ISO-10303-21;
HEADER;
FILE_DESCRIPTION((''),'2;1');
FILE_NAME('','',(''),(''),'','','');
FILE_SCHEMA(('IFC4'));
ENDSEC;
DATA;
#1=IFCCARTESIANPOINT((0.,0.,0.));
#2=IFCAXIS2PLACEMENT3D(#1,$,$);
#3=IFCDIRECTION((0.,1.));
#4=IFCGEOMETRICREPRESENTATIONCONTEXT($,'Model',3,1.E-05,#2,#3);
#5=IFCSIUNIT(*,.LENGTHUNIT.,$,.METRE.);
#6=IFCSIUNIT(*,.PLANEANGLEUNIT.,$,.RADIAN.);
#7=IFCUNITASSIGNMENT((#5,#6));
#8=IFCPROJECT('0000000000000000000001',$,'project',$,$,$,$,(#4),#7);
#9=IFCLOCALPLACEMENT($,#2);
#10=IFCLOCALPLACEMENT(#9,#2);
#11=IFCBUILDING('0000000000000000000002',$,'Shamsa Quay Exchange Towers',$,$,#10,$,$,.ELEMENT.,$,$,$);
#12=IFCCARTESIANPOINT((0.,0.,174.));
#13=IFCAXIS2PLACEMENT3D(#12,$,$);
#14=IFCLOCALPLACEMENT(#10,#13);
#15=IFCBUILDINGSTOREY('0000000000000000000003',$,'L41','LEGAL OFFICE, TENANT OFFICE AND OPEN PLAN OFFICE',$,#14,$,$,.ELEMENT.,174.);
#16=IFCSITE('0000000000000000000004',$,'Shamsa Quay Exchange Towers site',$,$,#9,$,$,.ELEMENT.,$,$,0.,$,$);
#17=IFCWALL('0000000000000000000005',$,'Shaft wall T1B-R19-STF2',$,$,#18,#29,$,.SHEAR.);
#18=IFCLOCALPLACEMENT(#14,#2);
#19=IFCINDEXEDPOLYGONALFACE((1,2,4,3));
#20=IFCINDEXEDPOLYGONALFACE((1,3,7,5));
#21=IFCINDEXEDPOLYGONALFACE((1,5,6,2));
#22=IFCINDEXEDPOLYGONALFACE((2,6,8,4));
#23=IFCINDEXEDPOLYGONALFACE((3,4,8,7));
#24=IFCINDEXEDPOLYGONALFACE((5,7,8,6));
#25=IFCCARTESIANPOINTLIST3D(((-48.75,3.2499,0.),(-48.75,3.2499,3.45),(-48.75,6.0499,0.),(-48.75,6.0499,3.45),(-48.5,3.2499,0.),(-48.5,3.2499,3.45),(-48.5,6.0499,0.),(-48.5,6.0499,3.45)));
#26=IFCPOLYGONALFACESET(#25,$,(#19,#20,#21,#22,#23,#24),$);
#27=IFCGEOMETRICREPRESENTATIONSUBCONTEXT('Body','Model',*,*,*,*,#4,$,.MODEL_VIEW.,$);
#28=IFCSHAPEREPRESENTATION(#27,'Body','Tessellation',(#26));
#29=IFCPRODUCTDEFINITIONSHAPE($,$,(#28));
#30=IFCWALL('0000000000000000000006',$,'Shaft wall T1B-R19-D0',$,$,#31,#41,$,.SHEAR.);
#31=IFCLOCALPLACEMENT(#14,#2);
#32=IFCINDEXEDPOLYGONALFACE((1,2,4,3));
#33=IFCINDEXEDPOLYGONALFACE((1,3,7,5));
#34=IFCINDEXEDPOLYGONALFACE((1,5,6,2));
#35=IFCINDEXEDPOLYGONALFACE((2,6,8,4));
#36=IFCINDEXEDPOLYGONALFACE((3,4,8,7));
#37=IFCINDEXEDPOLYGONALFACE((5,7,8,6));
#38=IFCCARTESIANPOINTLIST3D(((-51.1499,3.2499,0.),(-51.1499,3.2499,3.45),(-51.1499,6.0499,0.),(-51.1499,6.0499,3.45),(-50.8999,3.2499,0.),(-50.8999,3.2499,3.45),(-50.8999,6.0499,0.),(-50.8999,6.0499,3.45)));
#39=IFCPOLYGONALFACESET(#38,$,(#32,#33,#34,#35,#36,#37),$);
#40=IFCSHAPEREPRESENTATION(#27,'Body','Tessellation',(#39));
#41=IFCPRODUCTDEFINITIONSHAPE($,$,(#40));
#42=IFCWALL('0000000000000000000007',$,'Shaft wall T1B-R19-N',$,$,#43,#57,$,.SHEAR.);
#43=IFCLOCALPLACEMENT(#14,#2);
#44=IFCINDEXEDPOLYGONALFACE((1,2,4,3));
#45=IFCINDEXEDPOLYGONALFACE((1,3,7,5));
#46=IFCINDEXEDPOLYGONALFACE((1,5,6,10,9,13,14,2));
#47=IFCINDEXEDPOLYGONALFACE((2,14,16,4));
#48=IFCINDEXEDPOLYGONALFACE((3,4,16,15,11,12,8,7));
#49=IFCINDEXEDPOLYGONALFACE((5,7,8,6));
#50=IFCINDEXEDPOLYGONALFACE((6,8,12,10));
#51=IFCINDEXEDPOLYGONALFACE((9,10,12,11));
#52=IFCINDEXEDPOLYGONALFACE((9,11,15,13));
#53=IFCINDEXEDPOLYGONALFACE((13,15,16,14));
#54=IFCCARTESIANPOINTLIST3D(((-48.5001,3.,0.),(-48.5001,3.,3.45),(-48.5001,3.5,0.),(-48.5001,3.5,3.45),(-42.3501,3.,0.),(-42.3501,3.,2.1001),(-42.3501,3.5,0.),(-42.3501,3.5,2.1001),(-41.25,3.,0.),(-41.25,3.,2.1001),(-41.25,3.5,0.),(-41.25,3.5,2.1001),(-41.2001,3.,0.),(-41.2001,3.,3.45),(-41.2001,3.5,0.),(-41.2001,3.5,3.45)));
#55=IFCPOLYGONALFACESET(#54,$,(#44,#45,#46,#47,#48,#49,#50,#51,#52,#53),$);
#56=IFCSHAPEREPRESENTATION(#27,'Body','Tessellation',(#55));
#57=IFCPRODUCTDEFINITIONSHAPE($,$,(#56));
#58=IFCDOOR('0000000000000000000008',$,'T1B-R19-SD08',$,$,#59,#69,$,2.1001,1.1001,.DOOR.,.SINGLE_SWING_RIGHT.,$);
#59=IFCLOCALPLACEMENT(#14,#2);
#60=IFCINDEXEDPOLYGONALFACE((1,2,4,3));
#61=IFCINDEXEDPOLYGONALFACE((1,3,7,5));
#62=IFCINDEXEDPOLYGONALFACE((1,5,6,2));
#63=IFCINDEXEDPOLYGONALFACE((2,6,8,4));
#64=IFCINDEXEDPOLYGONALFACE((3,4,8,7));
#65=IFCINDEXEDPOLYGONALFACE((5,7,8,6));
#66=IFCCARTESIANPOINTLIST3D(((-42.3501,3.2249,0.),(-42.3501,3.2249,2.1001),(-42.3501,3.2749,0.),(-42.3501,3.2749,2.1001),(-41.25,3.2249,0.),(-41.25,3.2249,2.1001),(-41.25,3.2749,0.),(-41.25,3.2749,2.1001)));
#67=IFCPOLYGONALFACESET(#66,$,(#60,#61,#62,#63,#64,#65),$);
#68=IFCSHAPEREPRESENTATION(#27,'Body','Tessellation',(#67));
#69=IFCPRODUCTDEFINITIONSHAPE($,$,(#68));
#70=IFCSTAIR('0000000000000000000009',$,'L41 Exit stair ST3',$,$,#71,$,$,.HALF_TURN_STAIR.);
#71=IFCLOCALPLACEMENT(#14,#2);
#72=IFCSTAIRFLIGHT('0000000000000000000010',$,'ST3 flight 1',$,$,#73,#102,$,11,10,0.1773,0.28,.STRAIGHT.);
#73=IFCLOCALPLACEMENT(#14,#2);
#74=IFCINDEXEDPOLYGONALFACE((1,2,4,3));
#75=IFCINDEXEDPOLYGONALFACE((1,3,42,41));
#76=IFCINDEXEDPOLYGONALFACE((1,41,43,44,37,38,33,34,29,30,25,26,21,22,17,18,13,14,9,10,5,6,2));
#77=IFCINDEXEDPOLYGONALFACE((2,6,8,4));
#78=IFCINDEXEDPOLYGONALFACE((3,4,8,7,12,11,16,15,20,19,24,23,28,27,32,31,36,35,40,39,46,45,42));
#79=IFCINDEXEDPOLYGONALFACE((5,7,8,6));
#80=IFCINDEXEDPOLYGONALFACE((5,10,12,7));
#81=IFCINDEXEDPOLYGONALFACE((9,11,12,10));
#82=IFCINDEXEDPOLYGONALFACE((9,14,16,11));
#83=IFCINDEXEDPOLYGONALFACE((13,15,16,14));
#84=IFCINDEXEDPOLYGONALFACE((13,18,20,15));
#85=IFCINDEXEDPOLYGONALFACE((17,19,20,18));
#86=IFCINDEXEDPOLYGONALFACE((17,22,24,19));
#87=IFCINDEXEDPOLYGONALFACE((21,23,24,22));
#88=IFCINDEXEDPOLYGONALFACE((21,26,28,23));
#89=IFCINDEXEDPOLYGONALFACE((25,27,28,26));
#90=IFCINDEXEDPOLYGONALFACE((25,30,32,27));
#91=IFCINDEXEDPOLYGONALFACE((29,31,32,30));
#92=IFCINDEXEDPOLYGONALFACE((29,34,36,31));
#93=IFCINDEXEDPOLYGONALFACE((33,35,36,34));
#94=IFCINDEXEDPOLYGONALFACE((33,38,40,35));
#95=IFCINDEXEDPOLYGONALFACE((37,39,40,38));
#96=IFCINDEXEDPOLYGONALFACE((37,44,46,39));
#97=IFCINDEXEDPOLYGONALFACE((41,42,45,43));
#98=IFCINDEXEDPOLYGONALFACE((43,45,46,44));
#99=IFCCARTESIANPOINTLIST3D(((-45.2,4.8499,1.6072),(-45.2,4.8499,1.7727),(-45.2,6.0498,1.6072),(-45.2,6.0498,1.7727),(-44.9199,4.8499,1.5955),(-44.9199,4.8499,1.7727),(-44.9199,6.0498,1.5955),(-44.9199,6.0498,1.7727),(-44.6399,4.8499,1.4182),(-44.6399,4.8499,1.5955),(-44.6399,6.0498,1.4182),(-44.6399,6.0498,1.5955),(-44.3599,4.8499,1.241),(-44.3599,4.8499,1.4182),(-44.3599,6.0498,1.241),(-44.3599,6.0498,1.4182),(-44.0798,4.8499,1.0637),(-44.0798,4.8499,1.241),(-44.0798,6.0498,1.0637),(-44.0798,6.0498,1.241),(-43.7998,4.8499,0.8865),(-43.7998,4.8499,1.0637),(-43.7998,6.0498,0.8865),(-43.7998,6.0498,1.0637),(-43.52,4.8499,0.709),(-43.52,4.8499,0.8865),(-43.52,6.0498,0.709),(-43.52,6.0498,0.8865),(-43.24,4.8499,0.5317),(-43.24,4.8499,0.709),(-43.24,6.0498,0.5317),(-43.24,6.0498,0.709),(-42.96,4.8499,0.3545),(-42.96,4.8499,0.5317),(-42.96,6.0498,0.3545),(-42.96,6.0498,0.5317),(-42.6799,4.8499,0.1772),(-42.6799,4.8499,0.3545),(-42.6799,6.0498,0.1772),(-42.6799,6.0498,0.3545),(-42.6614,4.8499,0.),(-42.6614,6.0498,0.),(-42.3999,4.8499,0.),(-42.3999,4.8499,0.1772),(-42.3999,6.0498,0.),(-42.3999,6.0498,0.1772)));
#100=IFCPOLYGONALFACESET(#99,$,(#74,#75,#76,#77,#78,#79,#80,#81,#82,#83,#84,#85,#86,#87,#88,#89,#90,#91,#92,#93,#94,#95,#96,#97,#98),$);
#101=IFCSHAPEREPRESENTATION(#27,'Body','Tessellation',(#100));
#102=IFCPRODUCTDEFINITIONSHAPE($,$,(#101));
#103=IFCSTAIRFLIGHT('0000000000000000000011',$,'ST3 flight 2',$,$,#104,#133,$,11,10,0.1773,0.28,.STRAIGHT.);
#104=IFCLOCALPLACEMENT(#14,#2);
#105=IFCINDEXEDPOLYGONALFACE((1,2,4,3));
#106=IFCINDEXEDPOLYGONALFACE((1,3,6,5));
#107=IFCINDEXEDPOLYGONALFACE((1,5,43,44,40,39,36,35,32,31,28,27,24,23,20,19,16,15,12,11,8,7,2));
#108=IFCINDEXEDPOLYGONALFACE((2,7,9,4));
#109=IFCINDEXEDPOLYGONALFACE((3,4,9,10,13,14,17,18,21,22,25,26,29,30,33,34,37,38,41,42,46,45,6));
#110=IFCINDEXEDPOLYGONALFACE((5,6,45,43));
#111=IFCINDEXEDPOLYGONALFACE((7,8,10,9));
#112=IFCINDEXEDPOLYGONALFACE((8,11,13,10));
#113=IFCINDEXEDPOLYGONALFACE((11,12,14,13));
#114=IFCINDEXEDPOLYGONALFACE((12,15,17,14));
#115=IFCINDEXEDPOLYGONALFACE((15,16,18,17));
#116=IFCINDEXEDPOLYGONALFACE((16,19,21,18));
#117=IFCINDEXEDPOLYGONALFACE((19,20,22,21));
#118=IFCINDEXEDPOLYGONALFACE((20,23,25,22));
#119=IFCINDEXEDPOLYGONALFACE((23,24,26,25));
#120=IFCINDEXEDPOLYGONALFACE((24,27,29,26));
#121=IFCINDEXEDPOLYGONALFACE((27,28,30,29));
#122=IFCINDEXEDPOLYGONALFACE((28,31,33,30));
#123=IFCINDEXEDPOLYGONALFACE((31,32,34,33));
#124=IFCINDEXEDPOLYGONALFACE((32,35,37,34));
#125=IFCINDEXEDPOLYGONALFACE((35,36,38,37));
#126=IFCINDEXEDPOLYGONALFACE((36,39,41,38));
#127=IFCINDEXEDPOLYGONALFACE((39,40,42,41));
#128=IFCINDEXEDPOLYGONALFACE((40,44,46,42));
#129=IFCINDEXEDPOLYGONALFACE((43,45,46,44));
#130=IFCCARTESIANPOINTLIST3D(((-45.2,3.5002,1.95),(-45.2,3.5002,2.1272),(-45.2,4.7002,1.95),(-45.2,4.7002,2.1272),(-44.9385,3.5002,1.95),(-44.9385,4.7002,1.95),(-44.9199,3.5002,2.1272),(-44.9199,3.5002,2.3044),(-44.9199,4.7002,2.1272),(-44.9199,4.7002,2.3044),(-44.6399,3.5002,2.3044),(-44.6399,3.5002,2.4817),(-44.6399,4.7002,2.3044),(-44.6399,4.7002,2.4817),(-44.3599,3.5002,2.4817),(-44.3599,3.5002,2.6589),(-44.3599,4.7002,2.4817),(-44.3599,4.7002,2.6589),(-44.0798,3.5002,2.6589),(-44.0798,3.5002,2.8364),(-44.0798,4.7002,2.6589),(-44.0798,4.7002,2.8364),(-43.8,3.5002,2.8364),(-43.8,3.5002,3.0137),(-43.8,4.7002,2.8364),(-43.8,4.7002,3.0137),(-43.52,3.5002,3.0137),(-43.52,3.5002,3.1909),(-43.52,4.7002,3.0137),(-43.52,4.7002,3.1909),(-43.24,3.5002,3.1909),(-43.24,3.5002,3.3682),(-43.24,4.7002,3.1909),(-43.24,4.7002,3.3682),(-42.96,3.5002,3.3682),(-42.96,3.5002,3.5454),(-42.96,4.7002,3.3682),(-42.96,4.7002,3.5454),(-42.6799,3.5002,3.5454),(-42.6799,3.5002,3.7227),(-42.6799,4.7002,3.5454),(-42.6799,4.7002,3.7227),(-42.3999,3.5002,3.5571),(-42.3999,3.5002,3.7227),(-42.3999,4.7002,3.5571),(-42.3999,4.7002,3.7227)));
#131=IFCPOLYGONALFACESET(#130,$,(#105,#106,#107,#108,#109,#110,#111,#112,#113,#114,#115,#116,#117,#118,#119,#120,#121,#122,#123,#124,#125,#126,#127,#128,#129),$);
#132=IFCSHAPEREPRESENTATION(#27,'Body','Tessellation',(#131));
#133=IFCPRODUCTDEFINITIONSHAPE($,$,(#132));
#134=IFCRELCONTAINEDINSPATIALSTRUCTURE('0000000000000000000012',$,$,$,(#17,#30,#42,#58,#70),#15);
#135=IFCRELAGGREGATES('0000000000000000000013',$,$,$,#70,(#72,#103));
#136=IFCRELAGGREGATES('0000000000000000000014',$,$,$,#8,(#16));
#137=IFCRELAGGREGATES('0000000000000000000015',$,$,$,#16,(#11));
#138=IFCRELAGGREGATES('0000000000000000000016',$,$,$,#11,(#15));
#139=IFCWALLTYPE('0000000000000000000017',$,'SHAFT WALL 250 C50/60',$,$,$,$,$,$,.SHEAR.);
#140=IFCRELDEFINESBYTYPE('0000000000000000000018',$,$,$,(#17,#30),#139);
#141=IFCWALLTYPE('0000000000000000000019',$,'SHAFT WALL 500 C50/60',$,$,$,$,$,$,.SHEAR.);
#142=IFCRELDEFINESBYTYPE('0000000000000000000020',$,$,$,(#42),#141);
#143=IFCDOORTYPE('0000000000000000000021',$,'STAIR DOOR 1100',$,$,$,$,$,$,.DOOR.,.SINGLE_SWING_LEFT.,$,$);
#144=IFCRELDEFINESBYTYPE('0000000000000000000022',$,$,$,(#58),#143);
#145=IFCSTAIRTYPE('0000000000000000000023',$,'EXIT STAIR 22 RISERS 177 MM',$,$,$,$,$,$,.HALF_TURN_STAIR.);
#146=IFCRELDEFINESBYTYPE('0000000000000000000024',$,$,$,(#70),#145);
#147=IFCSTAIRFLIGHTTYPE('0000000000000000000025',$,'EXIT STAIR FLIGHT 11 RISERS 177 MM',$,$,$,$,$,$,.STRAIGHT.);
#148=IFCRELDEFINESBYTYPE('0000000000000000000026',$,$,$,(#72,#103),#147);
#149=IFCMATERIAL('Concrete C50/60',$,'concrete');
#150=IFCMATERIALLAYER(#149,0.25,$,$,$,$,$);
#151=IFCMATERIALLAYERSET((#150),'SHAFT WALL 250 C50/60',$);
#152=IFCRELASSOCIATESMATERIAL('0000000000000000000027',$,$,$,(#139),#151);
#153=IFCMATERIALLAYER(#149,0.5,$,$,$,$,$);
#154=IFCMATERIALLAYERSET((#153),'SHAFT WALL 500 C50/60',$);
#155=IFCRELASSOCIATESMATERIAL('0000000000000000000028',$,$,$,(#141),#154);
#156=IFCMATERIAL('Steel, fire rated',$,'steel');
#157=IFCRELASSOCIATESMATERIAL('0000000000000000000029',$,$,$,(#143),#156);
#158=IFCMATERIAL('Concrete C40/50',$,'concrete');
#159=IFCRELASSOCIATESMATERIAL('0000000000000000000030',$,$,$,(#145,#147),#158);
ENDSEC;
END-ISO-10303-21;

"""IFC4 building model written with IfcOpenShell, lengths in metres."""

from ifc_helpers import new_model, si_unit, direction, frame, frame_2d, origin, place, context, subcontext, project, spatial, polyline, rectangle, outline, extrude, material, layer, layer_set, type_object, element, fill, aggregate, save


model = new_model("IFC4")

# Units and contexts
model_context = context("Model", 3, precision=1e-05, world=origin(), true_north=direction((0.0, 1.0)))
body_context = subcontext(model_context, "Body", "Model", "MODEL_VIEW")
ifc_project = project(units=[si_unit("LENGTHUNIT", "METRE"), si_unit("PLANEANGLEUNIT", "RADIAN")], contexts=[model_context])

# Site, building, storey
site_placement = place(None, origin())
site = spatial("IfcSite", under=ifc_project, at=site_placement, Name="Shamsa Quay Exchange Towers site", CompositionType="ELEMENT", RefElevation=0.0)
building_placement = place(site_placement, origin())
building = spatial("IfcBuilding", under=site, at=building_placement, Name="Shamsa Quay Exchange Towers", CompositionType="ELEMENT")
storey_placement = place(building_placement, frame((0.0, 0.0, 174.0)))
storey = spatial("IfcBuildingStorey", under=building, at=storey_placement, Name="L41", Description="LEGAL OFFICE, TENANT OFFICE AND OPEN PLAN OFFICE", CompositionType="ELEMENT", Elevation=174.0)

# Shared definitions
ifc_material_1 = material(Name="Concrete C50/60", Category="concrete")
ifc_layer_1 = layer(ifc_material_1, 0.25)
ifc_layer_set_1 = layer_set([ifc_layer_1], Name="SHAFT WALL 250 C50/60")
wall_type_1 = type_object("IfcWallType", Name="SHAFT WALL 250 C50/60", PredefinedType="SHEAR", material=ifc_layer_set_1)
ifc_material_2 = material(Name="Steel, fire rated", Category="steel")

# Walls
for number, where, z_axis, x_axis, name in (
    (1, (-48.625, 3.25, 0.0), (0.0, 0.0, 1.0), (0.0, 1.0, 0.0), "Shaft wall T1B-R19-STF2"),
    (2, (-51.0249, 3.25, 0.0), (0.0, 0.0, 1.0), (0.0, 1.0, 0.0), "Shaft wall T1B-R19-D0"),
):
    element("IfcWall", number, at=place(storey_placement, frame(where, z_axis=z_axis, x_axis=x_axis)), inside=storey, type_object=wall_type_1, Name=name, PredefinedType="SHEAR", context=body_context, shape_type="SweptSolid", body=[
        extrude(rectangle(XDim=2.8, YDim=0.25, at=frame_2d((1.3999, 0.0))), origin(), (0.0, 0.0, 1.0), 3.45),
    ])

# Wall, opening, door
ifc_layer_2 = layer(ifc_material_1, 0.5)
ifc_layer_set_2 = layer_set([ifc_layer_2], Name="SHAFT WALL 500 C50/60")
wall_type_2 = type_object("IfcWallType", Name="SHAFT WALL 500 C50/60", PredefinedType="SHEAR", material=ifc_layer_set_2)
wall_1_placement = place(storey_placement, frame((-48.5, 3.25, 0.0)))
wall_1 = element("IfcWall", 3, at=wall_1_placement, inside=storey, type_object=wall_type_2, Name="Shaft wall T1B-R19-N", PredefinedType="SHEAR", context=body_context, shape_type="SweptSolid", body=[
    extrude(rectangle(XDim=7.3, YDim=0.5, at=frame_2d((3.6499, 0.0))), origin(), (0.0, 0.0, 1.0), 3.45),
])
opening_1_placement = place(wall_1_placement, frame((6.1499, 0.0, 0.0)))
opening_1 = element("IfcOpeningElement", 4, at=opening_1_placement, cuts=wall_1, PredefinedType="OPENING", context=body_context, shape_type="SweptSolid", body=[
    extrude(rectangle(XDim=1.1001, YDim=2.1001, at=frame_2d((0.55, 1.05))), frame((0.0, 0.26, 0.0), z_axis=(0.0, -1.0, 0.0), x_axis=(1.0, 0.0, 0.0)), (0.0, 0.0, 1.0), 0.52),
])
door_type_1 = type_object("IfcDoorType", Name="STAIR DOOR 1100", OperationType="SINGLE_SWING_LEFT", PredefinedType="DOOR", material=ifc_material_2)
door_1_placement = place(opening_1_placement, origin())
door_1 = element("IfcDoor", 5, at=door_1_placement, inside=storey, type_object=door_type_1, Name="T1B-R19-SD08", OperationType="SINGLE_SWING_RIGHT", OverallHeight=2.1001, OverallWidth=1.1001, PredefinedType="DOOR", context=body_context, shape_type="SweptSolid", body=[
    extrude(rectangle(XDim=1.1001, YDim=2.1001, at=frame_2d((0.55, 1.05))), frame((0.0, 0.0249, 0.0), z_axis=(0.0, -1.0, 0.0), x_axis=(1.0, 0.0, 0.0)), (0.0, 0.0, 1.0), 0.05),
])
fill(opening_1, door_1)

# Stair, stair flights
ifc_material_3 = material(Name="Concrete C40/50", Category="concrete")
stair_type = type_object("IfcStairType", Name="EXIT STAIR 22 RISERS 177 MM", PredefinedType="HALF_TURN_STAIR", material=ifc_material_3)
stair_placement = place(storey_placement, origin())
stair = element("IfcStair", 6, at=stair_placement, inside=storey, type_object=stair_type, Name="L41 Exit stair ST3", PredefinedType="HALF_TURN_STAIR")
stair_flight_type = type_object("IfcStairFlightType", Name="EXIT STAIR FLIGHT 11 RISERS 177 MM", PredefinedType="STRAIGHT", material=ifc_material_3)
stair_flight_1_placement = place(storey_placement, frame((-42.3999, 5.45, 0.0), z_axis=(0.0, 0.0, 1.0), x_axis=(-1.0, 0.0, 0.0)))
stair_flight_1 = element("IfcStairFlight", 7, at=stair_flight_1_placement, type_object=stair_flight_type, Name="ST3 flight 1", NumberOfRisers=11, NumberOfTreads=10, PredefinedType="STRAIGHT", RiserHeight=0.1773, TreadLength=0.28, context=body_context, shape_type="SweptSolid", body=[
    extrude(outline(polyline([(0.0, 0.0), (0.0, 0.1772), (0.28, 0.1772), (0.28, 0.3545), (0.5601, 0.3545), (0.5601, 0.5317), (0.8401, 0.5317), (0.8401, 0.709), (1.1201, 0.709), (1.1201, 0.8865), (1.3999, 0.8865), (1.3999, 1.0637), (1.6799, 1.0637), (1.6799, 1.241), (1.96, 1.241), (1.96, 1.4182), (2.24, 1.4182), (2.24, 1.5955), (2.52, 1.5955), (2.52, 1.7727), (2.8, 1.7727), (2.8, 1.95), (2.8, 1.6072), (0.2615, 0.0), (0.0, 0.0)])), frame((0.0, 0.6001, 0.0), z_axis=(0.0, -1.0, 0.0), x_axis=(1.0, 0.0, 0.0)), (0.0, 0.0, 1.0), 1.2),
])
stair_flight_2_placement = place(storey_placement, frame((-45.2, 4.1001, 1.95)))
stair_flight_2 = element("IfcStairFlight", 8, at=stair_flight_2_placement, type_object=stair_flight_type, Name="ST3 flight 2", NumberOfRisers=11, NumberOfTreads=10, PredefinedType="STRAIGHT", RiserHeight=0.1773, TreadLength=0.28, context=body_context, shape_type="SweptSolid", body=[
    extrude(outline(polyline([(0.0, 0.0), (0.0, 0.1772), (0.28, 0.1772), (0.28, 0.3545), (0.5601, 0.3545), (0.5601, 0.5317), (0.8401, 0.5317), (0.8401, 0.709), (1.1201, 0.709), (1.1201, 0.8865), (1.3999, 0.8865), (1.3999, 1.0637), (1.6799, 1.0637), (1.6799, 1.241), (1.96, 1.241), (1.96, 1.4182), (2.24, 1.4182), (2.24, 1.5955), (2.52, 1.5955), (2.52, 1.7727), (2.8, 1.7727), (2.8, 1.95), (2.8, 1.6072), (0.2615, 0.0), (0.0, 0.0)])), frame((0.0, 0.6001, 0.0), z_axis=(0.0, -1.0, 0.0), x_axis=(1.0, 0.0, 0.0)), (0.0, 0.0, 1.0), 1.2),
])
aggregate(stair, [stair_flight_1, stair_flight_2])

save(model, "model.ifc")
